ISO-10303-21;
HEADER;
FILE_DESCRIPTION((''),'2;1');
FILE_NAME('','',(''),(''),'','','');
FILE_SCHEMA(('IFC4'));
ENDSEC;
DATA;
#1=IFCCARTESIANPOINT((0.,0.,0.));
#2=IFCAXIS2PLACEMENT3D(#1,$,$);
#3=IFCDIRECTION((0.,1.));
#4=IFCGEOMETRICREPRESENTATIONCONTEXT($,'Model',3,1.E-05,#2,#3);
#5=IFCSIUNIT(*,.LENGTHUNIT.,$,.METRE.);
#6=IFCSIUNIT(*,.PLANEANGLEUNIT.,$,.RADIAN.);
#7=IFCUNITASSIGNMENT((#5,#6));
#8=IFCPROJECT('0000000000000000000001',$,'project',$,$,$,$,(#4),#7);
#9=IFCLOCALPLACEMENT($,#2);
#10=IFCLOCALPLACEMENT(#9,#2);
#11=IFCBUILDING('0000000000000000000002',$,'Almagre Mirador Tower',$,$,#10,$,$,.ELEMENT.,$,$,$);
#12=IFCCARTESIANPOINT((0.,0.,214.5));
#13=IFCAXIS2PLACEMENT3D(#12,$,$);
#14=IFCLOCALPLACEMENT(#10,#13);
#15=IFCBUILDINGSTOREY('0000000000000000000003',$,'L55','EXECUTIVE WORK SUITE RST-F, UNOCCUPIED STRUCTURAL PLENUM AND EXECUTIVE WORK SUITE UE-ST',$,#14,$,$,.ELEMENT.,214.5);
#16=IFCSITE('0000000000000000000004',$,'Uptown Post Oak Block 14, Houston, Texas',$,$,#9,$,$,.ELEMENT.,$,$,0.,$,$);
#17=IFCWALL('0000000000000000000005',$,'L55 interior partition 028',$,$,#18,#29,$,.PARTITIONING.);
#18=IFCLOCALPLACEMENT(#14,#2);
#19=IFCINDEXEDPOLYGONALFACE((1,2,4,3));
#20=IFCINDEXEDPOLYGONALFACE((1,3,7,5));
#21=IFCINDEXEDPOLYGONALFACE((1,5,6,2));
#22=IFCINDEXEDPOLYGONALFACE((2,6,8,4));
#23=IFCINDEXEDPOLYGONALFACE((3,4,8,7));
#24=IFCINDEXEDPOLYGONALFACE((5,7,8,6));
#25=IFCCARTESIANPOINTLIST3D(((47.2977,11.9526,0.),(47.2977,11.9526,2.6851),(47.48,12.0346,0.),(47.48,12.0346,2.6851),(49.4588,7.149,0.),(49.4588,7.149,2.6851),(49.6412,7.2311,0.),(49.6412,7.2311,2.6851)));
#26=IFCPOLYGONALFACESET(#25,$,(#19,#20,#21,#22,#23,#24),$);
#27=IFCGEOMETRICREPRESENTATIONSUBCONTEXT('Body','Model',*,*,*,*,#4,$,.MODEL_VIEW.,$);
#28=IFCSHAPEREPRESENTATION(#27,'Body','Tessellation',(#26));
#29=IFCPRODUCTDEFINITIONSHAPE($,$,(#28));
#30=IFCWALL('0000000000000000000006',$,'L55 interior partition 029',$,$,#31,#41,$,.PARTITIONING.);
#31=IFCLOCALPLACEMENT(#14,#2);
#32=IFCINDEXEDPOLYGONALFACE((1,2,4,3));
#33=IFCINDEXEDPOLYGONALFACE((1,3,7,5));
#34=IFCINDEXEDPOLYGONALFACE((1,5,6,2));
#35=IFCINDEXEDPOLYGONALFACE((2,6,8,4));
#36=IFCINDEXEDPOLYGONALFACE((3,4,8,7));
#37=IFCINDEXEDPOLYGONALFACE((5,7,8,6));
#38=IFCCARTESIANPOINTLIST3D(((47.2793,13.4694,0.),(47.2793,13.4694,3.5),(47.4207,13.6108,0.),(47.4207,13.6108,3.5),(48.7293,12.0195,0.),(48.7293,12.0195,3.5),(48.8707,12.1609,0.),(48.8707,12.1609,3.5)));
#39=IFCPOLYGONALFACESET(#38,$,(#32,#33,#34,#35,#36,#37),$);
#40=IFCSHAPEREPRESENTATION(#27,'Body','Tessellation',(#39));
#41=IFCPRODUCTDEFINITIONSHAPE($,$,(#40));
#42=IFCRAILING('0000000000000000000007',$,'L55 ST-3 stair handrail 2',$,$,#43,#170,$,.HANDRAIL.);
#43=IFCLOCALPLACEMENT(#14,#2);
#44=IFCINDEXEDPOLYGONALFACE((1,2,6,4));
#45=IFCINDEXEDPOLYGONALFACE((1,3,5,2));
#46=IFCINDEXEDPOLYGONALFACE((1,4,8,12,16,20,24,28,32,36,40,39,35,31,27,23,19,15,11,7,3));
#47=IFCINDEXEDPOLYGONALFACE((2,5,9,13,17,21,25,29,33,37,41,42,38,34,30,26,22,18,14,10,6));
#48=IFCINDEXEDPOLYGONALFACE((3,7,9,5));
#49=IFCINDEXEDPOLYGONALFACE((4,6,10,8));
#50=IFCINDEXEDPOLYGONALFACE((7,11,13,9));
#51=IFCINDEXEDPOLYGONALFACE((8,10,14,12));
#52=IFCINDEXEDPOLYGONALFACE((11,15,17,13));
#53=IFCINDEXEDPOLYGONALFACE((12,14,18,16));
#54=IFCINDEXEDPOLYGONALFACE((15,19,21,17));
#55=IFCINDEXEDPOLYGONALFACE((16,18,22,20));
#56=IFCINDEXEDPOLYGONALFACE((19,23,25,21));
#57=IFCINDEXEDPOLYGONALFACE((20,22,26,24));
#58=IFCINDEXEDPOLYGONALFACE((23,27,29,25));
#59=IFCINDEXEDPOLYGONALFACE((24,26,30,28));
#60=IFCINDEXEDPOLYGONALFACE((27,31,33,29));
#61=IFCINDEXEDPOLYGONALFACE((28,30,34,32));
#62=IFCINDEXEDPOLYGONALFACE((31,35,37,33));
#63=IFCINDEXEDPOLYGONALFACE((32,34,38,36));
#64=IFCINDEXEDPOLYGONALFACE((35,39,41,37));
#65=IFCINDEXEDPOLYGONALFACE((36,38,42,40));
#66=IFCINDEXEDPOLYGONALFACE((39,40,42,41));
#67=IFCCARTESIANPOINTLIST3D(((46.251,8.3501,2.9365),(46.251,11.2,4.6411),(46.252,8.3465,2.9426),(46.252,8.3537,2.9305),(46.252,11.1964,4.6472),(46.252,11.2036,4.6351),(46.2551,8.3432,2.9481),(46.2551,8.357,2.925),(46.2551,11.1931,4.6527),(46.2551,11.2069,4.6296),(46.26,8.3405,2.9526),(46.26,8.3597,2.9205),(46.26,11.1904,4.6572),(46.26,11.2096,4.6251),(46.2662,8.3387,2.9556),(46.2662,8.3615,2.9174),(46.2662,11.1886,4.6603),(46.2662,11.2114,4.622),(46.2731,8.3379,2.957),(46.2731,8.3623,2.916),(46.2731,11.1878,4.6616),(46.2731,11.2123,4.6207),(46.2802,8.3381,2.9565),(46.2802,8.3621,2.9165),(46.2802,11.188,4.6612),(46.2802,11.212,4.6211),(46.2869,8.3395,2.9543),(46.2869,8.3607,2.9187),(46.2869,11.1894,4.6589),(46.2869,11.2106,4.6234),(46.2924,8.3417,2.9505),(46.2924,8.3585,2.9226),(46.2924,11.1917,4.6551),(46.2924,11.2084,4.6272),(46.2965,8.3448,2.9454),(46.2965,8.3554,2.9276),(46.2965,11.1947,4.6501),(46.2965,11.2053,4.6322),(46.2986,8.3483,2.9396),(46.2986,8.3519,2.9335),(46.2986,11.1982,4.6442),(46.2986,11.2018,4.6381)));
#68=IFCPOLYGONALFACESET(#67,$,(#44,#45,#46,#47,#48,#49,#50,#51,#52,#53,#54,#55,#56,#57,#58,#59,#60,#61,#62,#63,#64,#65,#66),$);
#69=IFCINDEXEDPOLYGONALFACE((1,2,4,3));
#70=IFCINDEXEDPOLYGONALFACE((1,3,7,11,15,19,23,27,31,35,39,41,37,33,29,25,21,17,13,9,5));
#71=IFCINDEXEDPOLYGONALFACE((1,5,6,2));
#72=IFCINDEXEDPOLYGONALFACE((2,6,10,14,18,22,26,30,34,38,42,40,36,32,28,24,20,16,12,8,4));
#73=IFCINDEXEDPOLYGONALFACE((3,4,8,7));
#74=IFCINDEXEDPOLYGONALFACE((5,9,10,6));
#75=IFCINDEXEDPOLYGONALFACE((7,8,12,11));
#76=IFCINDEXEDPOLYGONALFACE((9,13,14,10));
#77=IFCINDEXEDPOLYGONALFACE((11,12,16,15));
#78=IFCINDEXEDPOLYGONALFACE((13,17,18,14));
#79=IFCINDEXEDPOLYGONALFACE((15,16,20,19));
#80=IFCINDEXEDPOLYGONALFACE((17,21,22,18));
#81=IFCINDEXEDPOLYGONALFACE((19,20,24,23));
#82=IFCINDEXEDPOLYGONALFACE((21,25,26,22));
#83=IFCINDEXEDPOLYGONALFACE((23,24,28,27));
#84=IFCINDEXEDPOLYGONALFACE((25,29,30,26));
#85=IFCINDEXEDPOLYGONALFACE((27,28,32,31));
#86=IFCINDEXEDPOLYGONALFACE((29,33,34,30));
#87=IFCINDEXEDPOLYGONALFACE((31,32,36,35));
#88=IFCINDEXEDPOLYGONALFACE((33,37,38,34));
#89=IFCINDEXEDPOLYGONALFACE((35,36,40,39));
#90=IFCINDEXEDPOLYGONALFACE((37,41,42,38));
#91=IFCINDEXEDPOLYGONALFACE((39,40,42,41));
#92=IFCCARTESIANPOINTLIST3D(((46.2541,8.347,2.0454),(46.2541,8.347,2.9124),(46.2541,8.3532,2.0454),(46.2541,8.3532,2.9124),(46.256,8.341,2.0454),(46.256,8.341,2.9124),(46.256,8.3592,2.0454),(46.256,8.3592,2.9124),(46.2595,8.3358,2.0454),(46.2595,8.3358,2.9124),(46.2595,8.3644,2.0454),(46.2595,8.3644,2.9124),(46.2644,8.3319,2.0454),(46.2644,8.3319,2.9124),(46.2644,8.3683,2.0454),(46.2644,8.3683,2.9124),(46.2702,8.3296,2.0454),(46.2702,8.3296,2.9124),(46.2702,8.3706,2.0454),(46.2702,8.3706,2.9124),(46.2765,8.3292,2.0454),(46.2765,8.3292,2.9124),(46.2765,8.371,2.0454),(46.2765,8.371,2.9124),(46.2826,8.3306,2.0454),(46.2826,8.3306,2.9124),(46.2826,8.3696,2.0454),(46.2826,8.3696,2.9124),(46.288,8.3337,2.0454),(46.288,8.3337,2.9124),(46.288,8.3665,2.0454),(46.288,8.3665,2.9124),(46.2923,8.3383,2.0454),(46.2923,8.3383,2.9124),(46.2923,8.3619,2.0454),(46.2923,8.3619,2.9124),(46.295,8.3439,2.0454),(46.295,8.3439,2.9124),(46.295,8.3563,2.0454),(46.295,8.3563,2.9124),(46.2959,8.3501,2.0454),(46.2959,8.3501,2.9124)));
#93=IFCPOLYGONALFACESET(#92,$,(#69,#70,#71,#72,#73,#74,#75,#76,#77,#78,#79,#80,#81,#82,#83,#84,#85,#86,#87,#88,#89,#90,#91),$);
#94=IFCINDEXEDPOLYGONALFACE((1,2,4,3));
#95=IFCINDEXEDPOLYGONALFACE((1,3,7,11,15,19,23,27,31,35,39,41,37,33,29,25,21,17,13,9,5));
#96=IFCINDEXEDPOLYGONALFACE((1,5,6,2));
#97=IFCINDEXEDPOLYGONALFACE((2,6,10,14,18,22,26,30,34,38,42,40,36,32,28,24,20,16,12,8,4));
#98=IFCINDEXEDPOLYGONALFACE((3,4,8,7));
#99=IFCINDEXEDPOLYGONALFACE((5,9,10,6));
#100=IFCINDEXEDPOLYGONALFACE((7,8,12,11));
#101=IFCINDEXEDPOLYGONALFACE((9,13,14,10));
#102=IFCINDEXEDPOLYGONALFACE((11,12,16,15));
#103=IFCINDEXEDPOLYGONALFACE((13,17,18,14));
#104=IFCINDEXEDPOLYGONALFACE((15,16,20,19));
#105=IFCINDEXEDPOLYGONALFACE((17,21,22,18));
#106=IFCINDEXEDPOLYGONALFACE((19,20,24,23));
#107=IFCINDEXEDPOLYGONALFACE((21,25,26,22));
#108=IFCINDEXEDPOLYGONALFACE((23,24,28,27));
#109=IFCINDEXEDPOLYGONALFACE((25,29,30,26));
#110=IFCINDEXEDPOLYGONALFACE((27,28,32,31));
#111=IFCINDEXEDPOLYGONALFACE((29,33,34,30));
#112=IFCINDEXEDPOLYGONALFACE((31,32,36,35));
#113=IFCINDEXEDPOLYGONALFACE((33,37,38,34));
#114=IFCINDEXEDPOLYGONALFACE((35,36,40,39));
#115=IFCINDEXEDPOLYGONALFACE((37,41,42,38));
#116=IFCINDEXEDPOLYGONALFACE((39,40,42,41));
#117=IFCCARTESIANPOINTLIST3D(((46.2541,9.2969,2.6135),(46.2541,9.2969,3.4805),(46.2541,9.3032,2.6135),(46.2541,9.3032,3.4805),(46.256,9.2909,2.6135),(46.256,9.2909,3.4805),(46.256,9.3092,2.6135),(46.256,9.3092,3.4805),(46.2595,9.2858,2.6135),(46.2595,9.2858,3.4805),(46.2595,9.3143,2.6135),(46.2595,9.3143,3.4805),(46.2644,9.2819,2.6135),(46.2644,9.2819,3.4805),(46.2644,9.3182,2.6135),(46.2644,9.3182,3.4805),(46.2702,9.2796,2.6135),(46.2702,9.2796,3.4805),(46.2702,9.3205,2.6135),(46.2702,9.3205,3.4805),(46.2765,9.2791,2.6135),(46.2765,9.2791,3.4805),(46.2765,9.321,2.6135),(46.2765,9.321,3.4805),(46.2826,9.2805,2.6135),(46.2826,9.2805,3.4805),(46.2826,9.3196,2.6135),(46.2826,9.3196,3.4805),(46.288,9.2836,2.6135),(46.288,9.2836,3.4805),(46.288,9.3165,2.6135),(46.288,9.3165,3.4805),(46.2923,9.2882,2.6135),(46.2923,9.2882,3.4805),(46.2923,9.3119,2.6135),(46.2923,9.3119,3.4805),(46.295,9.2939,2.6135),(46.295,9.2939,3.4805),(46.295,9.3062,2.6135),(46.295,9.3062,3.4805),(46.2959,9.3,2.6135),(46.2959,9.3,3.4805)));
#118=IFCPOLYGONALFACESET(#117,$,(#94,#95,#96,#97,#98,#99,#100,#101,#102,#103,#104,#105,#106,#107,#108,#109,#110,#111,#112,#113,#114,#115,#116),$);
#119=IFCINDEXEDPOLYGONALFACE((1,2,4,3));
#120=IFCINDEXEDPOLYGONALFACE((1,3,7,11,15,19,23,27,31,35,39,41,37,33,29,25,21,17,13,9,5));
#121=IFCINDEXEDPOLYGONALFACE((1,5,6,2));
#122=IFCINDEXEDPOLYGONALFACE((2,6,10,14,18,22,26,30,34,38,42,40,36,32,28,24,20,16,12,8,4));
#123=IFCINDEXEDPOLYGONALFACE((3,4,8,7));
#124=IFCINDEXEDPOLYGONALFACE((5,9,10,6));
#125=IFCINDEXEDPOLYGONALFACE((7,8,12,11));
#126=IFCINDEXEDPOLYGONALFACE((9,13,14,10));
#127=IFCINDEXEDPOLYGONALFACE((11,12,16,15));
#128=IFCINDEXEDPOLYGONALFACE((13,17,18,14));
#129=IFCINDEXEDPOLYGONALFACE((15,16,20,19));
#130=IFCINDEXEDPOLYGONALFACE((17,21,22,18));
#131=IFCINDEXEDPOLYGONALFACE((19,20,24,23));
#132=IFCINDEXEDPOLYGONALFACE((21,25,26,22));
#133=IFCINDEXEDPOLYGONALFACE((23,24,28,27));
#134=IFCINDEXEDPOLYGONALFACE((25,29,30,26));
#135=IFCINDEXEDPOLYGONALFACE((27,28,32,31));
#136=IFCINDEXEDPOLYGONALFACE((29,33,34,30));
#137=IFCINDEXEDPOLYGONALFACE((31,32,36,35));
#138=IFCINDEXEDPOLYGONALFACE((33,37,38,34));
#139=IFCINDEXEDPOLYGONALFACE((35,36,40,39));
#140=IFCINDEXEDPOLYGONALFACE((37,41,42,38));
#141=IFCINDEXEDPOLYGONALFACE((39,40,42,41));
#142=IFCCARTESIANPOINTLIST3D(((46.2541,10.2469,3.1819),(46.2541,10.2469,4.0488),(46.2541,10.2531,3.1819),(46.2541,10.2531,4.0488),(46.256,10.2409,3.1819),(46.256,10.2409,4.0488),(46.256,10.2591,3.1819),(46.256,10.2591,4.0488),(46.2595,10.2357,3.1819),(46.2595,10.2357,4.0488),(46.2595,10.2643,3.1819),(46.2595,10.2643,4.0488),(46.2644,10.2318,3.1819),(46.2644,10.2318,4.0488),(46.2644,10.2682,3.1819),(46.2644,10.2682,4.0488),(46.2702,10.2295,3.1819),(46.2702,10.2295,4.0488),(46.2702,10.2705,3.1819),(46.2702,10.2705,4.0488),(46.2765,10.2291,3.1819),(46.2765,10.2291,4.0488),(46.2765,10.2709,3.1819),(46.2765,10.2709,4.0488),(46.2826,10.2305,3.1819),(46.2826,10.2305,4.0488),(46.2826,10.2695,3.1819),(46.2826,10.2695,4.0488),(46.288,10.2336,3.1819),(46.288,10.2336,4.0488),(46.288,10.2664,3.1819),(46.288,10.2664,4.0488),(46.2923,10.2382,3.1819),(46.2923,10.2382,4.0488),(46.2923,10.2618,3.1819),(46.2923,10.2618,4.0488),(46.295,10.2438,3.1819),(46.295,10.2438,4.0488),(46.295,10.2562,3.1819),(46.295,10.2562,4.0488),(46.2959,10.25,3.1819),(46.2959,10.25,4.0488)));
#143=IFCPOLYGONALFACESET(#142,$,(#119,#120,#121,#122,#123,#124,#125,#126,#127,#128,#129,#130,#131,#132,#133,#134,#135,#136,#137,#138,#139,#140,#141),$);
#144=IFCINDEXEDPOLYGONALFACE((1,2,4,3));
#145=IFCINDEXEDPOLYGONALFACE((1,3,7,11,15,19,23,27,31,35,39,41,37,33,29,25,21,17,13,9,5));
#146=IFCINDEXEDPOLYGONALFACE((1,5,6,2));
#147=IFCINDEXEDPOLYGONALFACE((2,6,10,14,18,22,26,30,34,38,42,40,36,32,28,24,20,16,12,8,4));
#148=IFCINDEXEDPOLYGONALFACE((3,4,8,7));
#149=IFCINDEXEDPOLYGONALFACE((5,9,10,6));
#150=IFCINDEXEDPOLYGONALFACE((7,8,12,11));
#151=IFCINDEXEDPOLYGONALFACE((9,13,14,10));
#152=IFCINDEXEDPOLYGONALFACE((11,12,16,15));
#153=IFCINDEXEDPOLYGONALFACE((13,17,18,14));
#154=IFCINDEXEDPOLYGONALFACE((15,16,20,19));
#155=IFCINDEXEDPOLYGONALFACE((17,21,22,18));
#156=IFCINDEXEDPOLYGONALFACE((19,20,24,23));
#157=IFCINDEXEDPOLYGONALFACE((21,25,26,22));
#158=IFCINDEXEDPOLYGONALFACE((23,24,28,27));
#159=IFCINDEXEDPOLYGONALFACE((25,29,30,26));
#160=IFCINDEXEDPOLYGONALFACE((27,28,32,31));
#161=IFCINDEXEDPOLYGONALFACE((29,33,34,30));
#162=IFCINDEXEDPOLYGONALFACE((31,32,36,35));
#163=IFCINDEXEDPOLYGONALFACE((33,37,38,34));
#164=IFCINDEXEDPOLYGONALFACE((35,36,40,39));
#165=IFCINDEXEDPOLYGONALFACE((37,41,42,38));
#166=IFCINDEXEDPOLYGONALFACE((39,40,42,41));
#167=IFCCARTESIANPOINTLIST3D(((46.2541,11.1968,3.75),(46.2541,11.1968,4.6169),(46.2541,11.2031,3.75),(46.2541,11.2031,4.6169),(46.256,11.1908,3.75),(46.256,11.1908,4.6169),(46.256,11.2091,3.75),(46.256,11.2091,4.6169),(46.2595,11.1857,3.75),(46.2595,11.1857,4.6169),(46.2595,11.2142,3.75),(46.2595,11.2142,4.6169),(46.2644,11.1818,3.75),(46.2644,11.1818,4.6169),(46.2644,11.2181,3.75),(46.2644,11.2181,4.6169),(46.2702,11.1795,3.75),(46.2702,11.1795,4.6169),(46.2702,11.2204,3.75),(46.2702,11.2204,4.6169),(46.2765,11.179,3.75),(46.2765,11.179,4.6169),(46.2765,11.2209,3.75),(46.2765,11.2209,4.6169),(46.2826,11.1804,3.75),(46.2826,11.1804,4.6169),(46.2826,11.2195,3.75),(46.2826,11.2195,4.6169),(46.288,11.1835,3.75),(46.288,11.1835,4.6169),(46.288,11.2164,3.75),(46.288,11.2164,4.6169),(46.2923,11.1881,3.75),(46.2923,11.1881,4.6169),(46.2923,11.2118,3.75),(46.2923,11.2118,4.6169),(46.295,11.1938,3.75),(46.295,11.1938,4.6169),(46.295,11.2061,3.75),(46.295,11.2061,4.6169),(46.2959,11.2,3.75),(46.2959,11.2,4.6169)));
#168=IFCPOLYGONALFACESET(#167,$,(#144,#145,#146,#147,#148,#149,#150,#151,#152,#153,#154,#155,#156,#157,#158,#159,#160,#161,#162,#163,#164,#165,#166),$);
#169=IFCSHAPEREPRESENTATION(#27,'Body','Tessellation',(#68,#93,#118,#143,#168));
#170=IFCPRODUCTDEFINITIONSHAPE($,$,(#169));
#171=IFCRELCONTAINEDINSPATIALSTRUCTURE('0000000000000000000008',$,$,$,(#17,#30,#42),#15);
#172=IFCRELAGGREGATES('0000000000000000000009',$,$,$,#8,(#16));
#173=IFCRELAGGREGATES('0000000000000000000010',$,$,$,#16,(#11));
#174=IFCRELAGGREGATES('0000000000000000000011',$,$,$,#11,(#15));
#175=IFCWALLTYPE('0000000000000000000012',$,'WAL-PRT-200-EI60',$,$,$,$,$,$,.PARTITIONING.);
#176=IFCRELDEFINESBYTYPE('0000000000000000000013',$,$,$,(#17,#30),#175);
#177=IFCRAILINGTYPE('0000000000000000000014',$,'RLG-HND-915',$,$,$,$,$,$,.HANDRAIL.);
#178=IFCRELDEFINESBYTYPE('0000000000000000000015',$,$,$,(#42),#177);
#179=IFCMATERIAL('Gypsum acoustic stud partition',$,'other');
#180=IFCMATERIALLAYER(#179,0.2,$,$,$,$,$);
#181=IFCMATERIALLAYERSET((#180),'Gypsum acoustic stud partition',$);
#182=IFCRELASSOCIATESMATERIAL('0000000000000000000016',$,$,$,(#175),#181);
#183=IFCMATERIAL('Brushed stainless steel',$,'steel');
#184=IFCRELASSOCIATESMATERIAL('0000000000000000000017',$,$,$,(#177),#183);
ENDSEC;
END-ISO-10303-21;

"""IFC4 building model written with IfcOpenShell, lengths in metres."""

from ifc_helpers import new_model, si_unit, direction, frame, frame_2d, origin, origin_2d, place, context, subcontext, project, spatial, rectangle, circle, extrude, material, layer, layer_set, type_object, element, save


model = new_model("IFC4")

# Units and contexts
model_context = context("Model", 3, precision=1e-05, world=origin(), true_north=direction((0.0, 1.0)))
body_context = subcontext(model_context, "Body", "Model", "MODEL_VIEW")
ifc_project = project(units=[si_unit("LENGTHUNIT", "METRE"), si_unit("PLANEANGLEUNIT", "RADIAN")], contexts=[model_context])

# Site, building, storey
site_placement = place(None, origin())
site = spatial("IfcSite", under=ifc_project, at=site_placement, Name="Uptown Post Oak Block 14, Houston, Texas", CompositionType="ELEMENT", RefElevation=0.0)
building_placement = place(site_placement, origin())
building = spatial("IfcBuilding", under=site, at=building_placement, Name="Almagre Mirador Tower", CompositionType="ELEMENT")
storey_placement = place(building_placement, frame((0.0, 0.0, 214.5)))
storey = spatial("IfcBuildingStorey", under=building, at=storey_placement, Name="L55", Description="EXECUTIVE WORK SUITE RST-F, UNOCCUPIED STRUCTURAL PLENUM AND EXECUTIVE WORK SUITE UE-ST", CompositionType="ELEMENT", Elevation=214.5)

# Walls
ifc_material_1 = material(Name="Gypsum acoustic stud partition", Category="other")
ifc_layer_1 = layer(ifc_material_1, 0.2)
ifc_layer_set_1 = layer_set([ifc_layer_1], Name="Gypsum acoustic stud partition")
wall_type_1 = type_object("IfcWallType", Name="WAL-PRT-200-EI60", PredefinedType="PARTITIONING", material=ifc_layer_set_1)
wall_1_placement = place(storey_placement, frame((49.55, 7.1899, 0.0), z_axis=(0.0, 0.0, 1.0), x_axis=(-0.410297, 0.911952, 0.0)))
element("IfcWall", 1, at=wall_1_placement, inside=storey, type_object=wall_type_1, Name="L55 interior partition 028", PredefinedType="PARTITIONING", context=body_context, shape_type="SweptSolid", body=[
    extrude(rectangle(XDim=5.2673, YDim=0.2, at=frame_2d((2.6338, 0.0))), origin(), (0.0, 0.0, 1.0), 2.6851),
])
wall_2_placement = place(storey_placement, frame((48.8, 12.0901, 0.0), z_axis=(0.0, 0.0, 1.0), x_axis=(-0.707107, 0.707107, 0.0)))
element("IfcWall", 2, at=wall_2_placement, inside=storey, type_object=wall_type_1, Name="L55 interior partition 029", PredefinedType="PARTITIONING", context=body_context, shape_type="SweptSolid", body=[
    extrude(rectangle(XDim=2.0505, YDim=0.2, at=frame_2d((1.0254, 0.0))), origin(), (0.0, 0.0, 1.0), 3.5),
])

# Railing
ifc_material_2 = material(Name="Brushed stainless steel", Category="steel")
railing_type = type_object("IfcRailingType", Name="RLG-HND-915", PredefinedType="HANDRAIL", material=ifc_material_2)
railing_placement = place(storey_placement, frame((46.2749, 8.3501, 2.0454)))
element("IfcRailing", 3, at=railing_placement, inside=storey, type_object=railing_type, Name="L55 ST-3 stair handrail 2", PredefinedType="HANDRAIL", context=body_context, shape_type="SweptSolid", body=[
    extrude(circle(Radius=0.0239, at=origin_2d()), frame((0.0, 0.0, 0.8911), z_axis=(0.0, 0.858199, 0.513317), x_axis=(-1.0, 0.0, 0.0)), (0.0, 0.0, 1.0), 3.3208),
    extrude(circle(Radius=0.021, at=origin_2d()), origin(), (0.0, 0.0, 1.0), 0.8669),
    extrude(circle(Radius=0.021, at=origin_2d()), frame((0.0, 0.95, 0.5681)), (0.0, 0.0, 1.0), 0.8669),
    extrude(circle(Radius=0.021, at=origin_2d()), frame((0.0, 1.8999, 1.1365)), (0.0, 0.0, 1.0), 0.8669),
    extrude(circle(Radius=0.021, at=origin_2d()), frame((0.0, 2.8499, 1.7046)), (0.0, 0.0, 1.0), 0.8669),
])

save(model, "model.ifc")
